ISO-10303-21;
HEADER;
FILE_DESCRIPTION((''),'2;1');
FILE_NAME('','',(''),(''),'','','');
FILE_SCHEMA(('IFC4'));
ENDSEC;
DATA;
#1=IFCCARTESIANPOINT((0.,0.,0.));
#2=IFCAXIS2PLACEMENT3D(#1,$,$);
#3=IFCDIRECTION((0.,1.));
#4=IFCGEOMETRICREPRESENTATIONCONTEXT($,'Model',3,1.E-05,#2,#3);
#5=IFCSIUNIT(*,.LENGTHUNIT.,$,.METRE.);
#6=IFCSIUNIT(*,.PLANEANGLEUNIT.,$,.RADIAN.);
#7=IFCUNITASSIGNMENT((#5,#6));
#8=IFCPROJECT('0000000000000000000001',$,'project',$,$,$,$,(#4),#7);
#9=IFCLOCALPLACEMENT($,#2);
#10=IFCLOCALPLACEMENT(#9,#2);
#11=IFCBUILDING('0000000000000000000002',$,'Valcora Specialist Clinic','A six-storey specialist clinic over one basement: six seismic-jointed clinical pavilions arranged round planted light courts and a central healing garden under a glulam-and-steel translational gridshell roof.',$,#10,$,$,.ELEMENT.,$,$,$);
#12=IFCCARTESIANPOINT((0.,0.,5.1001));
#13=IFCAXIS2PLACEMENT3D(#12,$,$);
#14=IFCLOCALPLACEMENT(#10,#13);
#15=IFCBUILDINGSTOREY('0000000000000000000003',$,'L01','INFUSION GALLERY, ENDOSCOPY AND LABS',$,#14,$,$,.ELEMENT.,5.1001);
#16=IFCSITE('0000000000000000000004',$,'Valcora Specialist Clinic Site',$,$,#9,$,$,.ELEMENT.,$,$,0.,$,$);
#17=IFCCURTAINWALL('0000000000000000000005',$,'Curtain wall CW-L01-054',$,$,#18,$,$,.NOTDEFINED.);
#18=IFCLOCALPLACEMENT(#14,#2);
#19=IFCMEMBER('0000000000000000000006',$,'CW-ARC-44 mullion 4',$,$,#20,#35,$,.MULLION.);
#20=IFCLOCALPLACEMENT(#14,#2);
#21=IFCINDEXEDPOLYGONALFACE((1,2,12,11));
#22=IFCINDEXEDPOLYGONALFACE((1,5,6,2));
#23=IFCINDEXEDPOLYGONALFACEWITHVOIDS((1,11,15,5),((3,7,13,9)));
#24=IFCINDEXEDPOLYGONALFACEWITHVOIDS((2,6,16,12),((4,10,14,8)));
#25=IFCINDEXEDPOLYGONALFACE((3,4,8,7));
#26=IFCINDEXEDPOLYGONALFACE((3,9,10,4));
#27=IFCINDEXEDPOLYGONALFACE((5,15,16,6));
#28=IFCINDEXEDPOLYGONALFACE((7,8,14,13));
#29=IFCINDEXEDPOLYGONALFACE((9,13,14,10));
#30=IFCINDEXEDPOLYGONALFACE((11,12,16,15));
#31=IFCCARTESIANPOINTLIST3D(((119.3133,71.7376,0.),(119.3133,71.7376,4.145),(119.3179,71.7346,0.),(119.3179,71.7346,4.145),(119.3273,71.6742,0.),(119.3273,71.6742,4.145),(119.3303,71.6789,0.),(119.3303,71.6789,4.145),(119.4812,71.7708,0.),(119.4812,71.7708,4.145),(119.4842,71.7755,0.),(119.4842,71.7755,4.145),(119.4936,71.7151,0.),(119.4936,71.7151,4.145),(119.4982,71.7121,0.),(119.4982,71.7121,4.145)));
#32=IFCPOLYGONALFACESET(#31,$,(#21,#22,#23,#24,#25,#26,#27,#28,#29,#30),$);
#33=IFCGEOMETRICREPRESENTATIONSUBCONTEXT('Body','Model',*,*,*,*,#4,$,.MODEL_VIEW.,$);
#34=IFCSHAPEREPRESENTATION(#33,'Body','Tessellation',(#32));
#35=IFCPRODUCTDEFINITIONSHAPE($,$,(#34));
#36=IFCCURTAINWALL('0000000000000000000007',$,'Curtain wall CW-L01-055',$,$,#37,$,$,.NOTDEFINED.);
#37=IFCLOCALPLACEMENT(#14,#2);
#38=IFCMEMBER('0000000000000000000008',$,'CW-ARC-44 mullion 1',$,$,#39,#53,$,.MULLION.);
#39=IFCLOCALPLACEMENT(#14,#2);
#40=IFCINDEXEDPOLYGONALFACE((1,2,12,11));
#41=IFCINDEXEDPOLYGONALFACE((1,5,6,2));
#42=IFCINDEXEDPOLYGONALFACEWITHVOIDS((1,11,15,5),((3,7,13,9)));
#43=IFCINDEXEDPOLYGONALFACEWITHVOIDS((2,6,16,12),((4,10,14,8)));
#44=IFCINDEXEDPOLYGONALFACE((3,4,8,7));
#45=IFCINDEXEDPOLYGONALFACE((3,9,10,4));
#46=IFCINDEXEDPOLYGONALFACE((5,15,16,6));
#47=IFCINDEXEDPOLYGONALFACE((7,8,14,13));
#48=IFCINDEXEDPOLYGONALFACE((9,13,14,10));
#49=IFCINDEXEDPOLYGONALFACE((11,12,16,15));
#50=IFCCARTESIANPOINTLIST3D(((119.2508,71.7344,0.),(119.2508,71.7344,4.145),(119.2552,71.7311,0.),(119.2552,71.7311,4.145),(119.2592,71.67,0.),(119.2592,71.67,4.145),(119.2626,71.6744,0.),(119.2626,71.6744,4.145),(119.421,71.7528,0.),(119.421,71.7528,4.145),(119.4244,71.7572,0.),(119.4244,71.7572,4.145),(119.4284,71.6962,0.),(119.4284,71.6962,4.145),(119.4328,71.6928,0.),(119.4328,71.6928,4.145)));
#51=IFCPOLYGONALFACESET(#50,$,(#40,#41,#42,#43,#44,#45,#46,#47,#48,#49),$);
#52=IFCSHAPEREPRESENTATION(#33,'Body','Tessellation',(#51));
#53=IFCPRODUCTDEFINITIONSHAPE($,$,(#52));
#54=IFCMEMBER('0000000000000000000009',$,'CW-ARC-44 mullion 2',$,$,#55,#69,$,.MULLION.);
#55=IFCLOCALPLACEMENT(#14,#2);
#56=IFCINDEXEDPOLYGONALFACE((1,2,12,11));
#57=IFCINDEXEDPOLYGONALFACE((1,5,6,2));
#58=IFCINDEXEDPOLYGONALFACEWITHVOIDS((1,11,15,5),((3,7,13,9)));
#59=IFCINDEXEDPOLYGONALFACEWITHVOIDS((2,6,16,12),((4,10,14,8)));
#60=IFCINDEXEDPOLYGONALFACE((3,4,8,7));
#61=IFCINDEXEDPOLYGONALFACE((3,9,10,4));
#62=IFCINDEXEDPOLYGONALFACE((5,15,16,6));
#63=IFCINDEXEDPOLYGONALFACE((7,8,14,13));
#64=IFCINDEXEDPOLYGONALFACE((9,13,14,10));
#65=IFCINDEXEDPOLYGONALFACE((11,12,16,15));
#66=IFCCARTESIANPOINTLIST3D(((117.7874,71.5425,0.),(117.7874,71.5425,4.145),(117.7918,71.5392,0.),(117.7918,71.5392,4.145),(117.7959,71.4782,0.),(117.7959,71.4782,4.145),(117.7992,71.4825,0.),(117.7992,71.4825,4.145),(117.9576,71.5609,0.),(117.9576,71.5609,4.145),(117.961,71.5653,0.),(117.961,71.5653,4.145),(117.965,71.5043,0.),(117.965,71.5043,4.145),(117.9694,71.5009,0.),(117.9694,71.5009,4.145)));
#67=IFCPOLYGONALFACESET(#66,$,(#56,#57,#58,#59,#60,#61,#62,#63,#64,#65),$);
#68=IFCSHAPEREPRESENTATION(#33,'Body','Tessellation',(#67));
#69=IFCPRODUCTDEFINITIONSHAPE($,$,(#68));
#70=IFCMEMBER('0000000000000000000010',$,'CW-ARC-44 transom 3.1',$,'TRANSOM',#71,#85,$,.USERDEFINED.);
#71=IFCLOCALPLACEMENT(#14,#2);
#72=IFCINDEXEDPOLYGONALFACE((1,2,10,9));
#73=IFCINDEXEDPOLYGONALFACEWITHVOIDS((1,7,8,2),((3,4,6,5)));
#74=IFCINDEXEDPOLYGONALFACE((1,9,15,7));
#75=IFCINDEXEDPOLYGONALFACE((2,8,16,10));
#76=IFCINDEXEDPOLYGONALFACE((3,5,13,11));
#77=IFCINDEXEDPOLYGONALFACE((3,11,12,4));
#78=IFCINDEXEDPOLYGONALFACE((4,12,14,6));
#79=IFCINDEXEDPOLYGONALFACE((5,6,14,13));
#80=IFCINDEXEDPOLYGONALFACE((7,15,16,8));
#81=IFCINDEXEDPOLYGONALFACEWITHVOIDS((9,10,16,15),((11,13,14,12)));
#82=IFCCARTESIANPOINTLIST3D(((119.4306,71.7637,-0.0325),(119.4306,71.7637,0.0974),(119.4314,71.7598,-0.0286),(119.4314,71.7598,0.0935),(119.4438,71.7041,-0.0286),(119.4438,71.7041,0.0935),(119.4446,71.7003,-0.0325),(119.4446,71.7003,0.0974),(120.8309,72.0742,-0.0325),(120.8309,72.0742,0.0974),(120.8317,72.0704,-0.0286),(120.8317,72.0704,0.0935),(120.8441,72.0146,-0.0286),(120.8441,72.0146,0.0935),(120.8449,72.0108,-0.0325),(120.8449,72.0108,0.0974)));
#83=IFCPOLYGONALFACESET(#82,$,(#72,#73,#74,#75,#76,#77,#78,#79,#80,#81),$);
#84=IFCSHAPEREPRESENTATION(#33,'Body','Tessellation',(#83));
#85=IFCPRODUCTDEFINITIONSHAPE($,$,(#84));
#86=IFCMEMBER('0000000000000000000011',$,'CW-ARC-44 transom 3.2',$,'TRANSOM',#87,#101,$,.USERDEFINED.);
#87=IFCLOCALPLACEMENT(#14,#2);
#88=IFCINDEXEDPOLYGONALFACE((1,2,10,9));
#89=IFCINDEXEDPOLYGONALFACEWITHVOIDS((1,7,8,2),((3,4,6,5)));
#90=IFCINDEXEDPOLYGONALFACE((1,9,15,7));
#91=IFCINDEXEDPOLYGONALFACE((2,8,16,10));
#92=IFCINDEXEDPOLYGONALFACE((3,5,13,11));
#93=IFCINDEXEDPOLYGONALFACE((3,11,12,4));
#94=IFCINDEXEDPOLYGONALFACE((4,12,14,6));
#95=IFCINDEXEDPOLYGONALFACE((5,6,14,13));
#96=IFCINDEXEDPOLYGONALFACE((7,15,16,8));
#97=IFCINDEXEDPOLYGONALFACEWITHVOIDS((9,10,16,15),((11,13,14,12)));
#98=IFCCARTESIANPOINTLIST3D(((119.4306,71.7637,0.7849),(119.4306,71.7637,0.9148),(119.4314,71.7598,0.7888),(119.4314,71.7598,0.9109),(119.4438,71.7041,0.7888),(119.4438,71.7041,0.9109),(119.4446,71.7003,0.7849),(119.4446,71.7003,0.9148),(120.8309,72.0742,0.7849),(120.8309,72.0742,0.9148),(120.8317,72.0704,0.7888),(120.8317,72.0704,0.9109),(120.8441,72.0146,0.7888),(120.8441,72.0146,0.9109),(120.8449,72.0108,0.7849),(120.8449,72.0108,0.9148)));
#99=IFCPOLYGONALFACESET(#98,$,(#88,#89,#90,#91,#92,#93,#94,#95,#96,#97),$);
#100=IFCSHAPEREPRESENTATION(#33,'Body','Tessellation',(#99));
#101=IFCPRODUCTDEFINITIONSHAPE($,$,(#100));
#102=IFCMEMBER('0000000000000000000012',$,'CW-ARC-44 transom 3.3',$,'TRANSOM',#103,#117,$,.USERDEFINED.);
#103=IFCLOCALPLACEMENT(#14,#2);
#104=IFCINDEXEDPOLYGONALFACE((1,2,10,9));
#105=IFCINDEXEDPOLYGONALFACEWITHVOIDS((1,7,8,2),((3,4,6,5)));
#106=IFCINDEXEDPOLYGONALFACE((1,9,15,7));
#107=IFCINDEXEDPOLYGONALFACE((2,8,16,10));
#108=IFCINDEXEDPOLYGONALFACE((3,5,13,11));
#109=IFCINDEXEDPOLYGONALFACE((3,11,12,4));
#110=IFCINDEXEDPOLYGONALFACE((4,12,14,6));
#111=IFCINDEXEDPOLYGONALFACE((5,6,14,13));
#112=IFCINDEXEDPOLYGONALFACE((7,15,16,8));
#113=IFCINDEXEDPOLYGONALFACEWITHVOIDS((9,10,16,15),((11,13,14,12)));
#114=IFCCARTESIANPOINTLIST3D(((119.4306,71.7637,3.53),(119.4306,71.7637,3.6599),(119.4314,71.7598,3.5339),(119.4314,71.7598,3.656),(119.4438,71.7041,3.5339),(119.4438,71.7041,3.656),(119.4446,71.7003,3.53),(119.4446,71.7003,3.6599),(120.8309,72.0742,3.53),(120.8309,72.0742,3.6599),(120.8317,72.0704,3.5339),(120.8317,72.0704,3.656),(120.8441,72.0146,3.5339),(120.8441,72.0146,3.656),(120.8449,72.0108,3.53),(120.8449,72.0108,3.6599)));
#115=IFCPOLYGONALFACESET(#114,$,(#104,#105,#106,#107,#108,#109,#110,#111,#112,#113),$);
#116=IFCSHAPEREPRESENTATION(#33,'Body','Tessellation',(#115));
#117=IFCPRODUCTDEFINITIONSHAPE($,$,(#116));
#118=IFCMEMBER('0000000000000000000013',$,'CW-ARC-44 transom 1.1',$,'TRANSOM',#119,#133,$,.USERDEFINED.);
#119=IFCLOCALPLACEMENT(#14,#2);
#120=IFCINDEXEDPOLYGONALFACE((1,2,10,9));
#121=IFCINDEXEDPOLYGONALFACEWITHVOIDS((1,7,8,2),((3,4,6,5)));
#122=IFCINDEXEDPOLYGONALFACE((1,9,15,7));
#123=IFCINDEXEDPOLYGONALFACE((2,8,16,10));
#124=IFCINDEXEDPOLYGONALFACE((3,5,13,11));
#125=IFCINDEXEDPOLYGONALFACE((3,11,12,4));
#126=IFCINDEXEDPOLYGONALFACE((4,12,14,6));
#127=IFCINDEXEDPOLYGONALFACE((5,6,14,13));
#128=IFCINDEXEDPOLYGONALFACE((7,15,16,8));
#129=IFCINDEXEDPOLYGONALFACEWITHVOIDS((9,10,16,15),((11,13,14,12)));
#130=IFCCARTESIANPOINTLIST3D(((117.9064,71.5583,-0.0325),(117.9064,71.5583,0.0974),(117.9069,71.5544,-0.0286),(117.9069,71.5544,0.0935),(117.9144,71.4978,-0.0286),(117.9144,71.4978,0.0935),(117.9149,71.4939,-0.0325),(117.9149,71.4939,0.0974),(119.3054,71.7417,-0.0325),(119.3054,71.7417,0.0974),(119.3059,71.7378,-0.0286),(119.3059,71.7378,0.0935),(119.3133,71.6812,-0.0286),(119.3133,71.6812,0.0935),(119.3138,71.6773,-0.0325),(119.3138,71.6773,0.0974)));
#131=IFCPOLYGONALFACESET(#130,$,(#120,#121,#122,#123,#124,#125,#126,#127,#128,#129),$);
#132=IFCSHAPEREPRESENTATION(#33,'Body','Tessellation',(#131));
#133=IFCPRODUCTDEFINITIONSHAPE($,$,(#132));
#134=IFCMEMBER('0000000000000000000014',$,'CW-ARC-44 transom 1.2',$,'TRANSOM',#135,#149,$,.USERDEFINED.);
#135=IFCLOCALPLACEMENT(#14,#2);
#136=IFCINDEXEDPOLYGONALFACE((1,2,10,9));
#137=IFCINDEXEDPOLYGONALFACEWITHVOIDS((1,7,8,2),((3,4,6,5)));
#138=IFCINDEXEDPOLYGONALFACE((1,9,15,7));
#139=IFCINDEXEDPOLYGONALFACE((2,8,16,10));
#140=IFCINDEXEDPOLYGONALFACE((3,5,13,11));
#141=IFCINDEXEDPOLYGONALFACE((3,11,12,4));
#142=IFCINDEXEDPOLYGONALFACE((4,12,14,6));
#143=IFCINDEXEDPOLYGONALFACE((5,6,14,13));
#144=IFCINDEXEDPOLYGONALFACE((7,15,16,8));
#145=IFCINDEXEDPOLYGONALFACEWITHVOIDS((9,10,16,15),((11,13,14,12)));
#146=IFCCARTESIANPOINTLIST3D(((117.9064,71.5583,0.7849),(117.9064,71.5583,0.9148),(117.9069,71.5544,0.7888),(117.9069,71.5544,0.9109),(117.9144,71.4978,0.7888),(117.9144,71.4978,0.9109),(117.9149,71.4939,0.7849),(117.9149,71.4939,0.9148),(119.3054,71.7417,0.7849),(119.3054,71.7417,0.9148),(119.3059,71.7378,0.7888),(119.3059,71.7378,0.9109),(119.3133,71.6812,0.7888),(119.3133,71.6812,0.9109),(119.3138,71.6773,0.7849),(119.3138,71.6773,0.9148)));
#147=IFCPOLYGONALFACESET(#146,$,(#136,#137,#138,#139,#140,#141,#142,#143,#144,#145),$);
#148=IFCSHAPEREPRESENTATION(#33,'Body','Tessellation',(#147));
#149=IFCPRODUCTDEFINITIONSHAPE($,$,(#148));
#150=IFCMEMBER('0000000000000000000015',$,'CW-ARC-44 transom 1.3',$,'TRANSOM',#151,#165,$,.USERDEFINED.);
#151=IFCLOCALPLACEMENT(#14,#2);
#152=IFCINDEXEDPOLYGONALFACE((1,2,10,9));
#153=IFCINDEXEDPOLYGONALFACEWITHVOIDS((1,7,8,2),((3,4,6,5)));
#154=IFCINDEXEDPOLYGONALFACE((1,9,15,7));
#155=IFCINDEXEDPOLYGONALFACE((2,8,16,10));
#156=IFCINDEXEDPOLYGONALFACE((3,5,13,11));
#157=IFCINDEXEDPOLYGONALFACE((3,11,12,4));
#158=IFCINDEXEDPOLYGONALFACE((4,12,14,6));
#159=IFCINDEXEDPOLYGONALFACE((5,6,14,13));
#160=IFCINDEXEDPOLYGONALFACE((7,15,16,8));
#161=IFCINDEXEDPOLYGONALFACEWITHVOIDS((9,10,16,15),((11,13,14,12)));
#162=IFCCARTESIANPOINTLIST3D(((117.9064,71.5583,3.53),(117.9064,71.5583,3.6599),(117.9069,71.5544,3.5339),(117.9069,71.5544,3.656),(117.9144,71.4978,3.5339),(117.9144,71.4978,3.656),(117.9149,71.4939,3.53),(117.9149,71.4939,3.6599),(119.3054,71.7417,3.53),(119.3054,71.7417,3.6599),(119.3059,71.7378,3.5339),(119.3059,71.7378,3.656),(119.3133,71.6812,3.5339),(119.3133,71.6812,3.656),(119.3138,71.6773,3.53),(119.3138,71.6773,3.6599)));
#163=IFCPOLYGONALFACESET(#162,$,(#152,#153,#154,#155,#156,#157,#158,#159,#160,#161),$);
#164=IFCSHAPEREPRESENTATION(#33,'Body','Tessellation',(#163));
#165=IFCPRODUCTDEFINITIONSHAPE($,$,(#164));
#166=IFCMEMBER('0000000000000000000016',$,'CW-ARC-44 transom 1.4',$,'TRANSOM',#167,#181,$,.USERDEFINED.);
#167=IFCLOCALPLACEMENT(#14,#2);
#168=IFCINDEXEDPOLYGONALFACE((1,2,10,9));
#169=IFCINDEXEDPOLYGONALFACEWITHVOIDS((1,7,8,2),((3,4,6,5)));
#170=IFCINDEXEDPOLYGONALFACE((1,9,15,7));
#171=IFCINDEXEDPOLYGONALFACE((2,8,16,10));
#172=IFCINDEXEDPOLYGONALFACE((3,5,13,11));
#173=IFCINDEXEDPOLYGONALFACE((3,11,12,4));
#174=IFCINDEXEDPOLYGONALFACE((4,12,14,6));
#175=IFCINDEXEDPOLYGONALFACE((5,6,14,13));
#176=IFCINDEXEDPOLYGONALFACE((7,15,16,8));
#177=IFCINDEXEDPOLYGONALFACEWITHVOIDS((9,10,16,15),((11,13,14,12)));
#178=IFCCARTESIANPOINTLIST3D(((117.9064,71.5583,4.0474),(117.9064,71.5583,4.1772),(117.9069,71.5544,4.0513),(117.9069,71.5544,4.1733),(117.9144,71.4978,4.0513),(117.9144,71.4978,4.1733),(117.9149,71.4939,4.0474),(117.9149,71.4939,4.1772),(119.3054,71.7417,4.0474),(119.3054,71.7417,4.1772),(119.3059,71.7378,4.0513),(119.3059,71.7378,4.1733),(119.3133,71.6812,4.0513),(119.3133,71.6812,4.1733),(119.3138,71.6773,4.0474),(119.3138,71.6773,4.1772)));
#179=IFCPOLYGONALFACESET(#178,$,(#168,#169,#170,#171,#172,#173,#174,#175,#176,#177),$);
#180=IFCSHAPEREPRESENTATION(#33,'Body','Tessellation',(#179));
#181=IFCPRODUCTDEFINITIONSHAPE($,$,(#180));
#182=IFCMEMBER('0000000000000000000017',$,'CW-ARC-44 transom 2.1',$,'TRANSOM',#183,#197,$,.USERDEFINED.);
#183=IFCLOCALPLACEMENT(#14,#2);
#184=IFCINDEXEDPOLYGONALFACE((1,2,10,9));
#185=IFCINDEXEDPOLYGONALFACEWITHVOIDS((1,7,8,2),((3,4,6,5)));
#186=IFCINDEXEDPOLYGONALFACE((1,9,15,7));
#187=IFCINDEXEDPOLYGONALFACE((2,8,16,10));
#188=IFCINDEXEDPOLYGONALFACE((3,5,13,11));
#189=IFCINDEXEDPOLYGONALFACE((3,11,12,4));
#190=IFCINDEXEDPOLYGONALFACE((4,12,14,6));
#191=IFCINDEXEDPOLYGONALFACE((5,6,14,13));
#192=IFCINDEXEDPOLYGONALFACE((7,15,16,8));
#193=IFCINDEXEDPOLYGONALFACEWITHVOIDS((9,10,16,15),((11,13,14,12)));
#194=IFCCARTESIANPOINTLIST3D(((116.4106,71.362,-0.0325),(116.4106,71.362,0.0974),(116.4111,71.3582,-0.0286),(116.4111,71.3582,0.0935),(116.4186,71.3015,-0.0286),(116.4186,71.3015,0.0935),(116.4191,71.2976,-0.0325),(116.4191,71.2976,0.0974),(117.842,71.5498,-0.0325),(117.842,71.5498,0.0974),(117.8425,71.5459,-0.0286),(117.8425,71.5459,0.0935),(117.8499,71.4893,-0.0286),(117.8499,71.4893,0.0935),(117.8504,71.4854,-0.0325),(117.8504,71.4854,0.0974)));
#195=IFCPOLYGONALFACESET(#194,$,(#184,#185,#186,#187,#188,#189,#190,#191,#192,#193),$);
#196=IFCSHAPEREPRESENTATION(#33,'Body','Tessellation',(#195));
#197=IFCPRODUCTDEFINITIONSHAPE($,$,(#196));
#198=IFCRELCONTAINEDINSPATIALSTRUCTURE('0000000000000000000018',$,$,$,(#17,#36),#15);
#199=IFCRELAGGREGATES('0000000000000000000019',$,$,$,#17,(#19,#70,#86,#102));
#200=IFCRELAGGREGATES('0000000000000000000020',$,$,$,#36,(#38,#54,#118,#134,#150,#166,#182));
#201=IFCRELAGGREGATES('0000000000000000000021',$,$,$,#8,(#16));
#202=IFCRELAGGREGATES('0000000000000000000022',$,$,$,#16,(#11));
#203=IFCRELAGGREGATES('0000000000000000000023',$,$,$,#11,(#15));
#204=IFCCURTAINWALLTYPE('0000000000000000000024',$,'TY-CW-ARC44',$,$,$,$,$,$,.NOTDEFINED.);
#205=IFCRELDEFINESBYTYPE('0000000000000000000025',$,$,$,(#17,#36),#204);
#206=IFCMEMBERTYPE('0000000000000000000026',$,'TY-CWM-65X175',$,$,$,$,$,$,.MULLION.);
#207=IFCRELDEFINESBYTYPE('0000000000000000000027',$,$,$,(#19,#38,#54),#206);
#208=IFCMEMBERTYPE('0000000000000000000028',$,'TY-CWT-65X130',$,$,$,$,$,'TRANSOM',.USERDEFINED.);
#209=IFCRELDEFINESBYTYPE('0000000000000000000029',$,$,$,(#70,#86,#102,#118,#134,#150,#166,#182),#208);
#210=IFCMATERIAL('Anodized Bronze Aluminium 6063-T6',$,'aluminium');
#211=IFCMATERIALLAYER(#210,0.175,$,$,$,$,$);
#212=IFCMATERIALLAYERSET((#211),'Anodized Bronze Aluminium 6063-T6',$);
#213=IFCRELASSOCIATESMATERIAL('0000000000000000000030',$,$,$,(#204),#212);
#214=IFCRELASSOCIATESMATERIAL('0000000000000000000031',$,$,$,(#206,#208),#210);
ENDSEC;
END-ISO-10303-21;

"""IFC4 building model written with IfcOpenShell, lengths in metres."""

from ifc_helpers import new_model, si_unit, direction, frame, origin, origin_2d, place, context, subcontext, project, spatial, hollow_rectangle, extrude, material, layer, layer_set, material_profile, profile_set, type_object, element, aggregate, save


model = new_model("IFC4")

# Units and contexts
model_context = context("Model", 3, precision=1e-05, world=origin(), true_north=direction((0.0, 1.0)))
body_context = subcontext(model_context, "Body", "Model", "MODEL_VIEW")
ifc_project = project(units=[si_unit("LENGTHUNIT", "METRE"), si_unit("PLANEANGLEUNIT", "RADIAN")], contexts=[model_context])

# Site, building, storey
site_placement = place(None, origin())
site = spatial("IfcSite", under=ifc_project, at=site_placement, Name="Valcora Specialist Clinic Site", CompositionType="ELEMENT", RefElevation=0.0)
building_placement = place(site_placement, origin())
building = spatial("IfcBuilding", under=site, at=building_placement, Name="Valcora Specialist Clinic", Description="A six-storey specialist clinic over one basement: six seismic-jointed clinical pavilions arranged round planted light courts and a central healing garden under a glulam-and-steel translational gridshell roof.", CompositionType="ELEMENT")
storey_placement = place(building_placement, frame((0.0, 0.0, 5.1001)))
storey = spatial("IfcBuildingStorey", under=building, at=storey_placement, Name="L01", Description="INFUSION GALLERY, ENDOSCOPY AND LABS", CompositionType="ELEMENT", Elevation=5.1001)

# Curtain wall, member
ifc_material_1 = material(Name="Anodized Bronze Aluminium 6063-T6", Category="aluminium")
ifc_layer_1 = layer(ifc_material_1, 0.175)
ifc_layer_set_1 = layer_set([ifc_layer_1], Name="Anodized Bronze Aluminium 6063-T6")
curtain_wall_type = type_object("IfcCurtainWallType", Name="TY-CW-ARC44", PredefinedType="NOTDEFINED", material=ifc_layer_set_1)
curtain_wall_1_placement = place(storey_placement, origin())
curtain_wall_1 = element("IfcCurtainWall", 1, at=curtain_wall_1_placement, inside=storey, type_object=curtain_wall_type, Name="Curtain wall CW-L01-054", PredefinedType="NOTDEFINED")
ifc_material_profile_1 = material_profile(ifc_material_1, hollow_rectangle(XDim=0.0649, YDim=0.175, WallThickness=0.0039, at=origin_2d()), Name="AL-MUL-65X175")
ifc_profile_set_1 = profile_set([ifc_material_profile_1], Name="Anodized Bronze Aluminium 6063-T6")
member_type_1 = type_object("IfcMemberType", Name="TY-CWM-65X175", PredefinedType="MULLION", material=ifc_profile_set_1)
member_1_placement = place(storey_placement, frame((119.4058, 71.7249, 0.0), z_axis=(0.0, 0.0, 1.0), x_axis=(0.216518, -0.976279, 0.0)))
member_1 = element("IfcMember", 2, at=member_1_placement, type_object=member_type_1, Name="CW-ARC-44 mullion 4", PredefinedType="MULLION", context=body_context, shape_type="SweptSolid", body=[
    extrude(hollow_rectangle(XDim=0.0649, YDim=0.175, WallThickness=0.0039, at=origin_2d()), origin(), (0.0, 0.0, 1.0), 4.145),
])

# Curtain wall, members
curtain_wall_2_placement = place(storey_placement, origin())
curtain_wall_2 = element("IfcCurtainWall", 3, at=curtain_wall_2_placement, inside=storey, type_object=curtain_wall_type, Name="Curtain wall CW-L01-055", PredefinedType="NOTDEFINED")
member_2_placement = place(storey_placement, frame((119.3418, 71.7136, 0.0), z_axis=(0.0, 0.0, 1.0), x_axis=(0.129999, -0.991514, 0.0)))
member_2 = element("IfcMember", 4, at=member_2_placement, type_object=member_type_1, Name="CW-ARC-44 mullion 1", PredefinedType="MULLION", context=body_context, shape_type="SweptSolid", body=[
    extrude(hollow_rectangle(XDim=0.0649, YDim=0.175, WallThickness=0.0039, at=origin_2d()), origin(), (0.0, 0.0, 1.0), 4.145),
])
member_3_placement = place(storey_placement, frame((117.8784, 71.5217, 0.0), z_axis=(0.0, 0.0, 1.0), x_axis=(0.129999, -0.991514, 0.0)))
member_3 = element("IfcMember", 5, at=member_3_placement, type_object=member_type_1, Name="CW-ARC-44 mullion 2", PredefinedType="MULLION", context=body_context, shape_type="SweptSolid", body=[
    extrude(hollow_rectangle(XDim=0.0649, YDim=0.175, WallThickness=0.0039, at=origin_2d()), origin(), (0.0, 0.0, 1.0), 4.145),
])

# Members
ifc_material_profile_2 = material_profile(ifc_material_1, hollow_rectangle(XDim=0.0649, YDim=0.1299, WallThickness=0.0039, at=origin_2d()), Name="AL-TRN-65X130")
ifc_profile_set_2 = profile_set([ifc_material_profile_2], Name="Anodized Bronze Aluminium 6063-T6")
member_type_2 = type_object("IfcMemberType", Name="TY-CWT-65X130", ElementType="TRANSOM", PredefinedType="USERDEFINED", material=ifc_profile_set_2)
member_4_placement = place(storey_placement, frame((120.8379, 72.0425, 0.0325), z_axis=(-0.976283, -0.216498, 0.0), x_axis=(0.216498, -0.976283, 0.0)))
member_4 = element("IfcMember", 6, at=member_4_placement, type_object=member_type_2, Name="CW-ARC-44 transom 3.1", ObjectType="TRANSOM", PredefinedType="USERDEFINED", context=body_context, shape_type="SweptSolid", body=[
    extrude(hollow_rectangle(XDim=0.0649, YDim=0.1299, WallThickness=0.0039, at=origin_2d()), origin(), (0.0, 0.0, 1.0), 1.4343),
])
member_5_placement = place(storey_placement, frame((120.8379, 72.0425, 0.8499), z_axis=(-0.976283, -0.216498, 0.0), x_axis=(0.216498, -0.976283, 0.0)))
member_5 = element("IfcMember", 7, at=member_5_placement, type_object=member_type_2, Name="CW-ARC-44 transom 3.2", ObjectType="TRANSOM", PredefinedType="USERDEFINED", context=body_context, shape_type="SweptSolid", body=[
    extrude(hollow_rectangle(XDim=0.0649, YDim=0.1299, WallThickness=0.0039, at=origin_2d()), origin(), (0.0, 0.0, 1.0), 1.4343),
])
member_6_placement = place(storey_placement, frame((120.8379, 72.0425, 3.595), z_axis=(-0.976283, -0.216498, 0.0), x_axis=(0.216498, -0.976283, 0.0)))
member_6 = element("IfcMember", 8, at=member_6_placement, type_object=member_type_2, Name="CW-ARC-44 transom 3.3", ObjectType="TRANSOM", PredefinedType="USERDEFINED", context=body_context, shape_type="SweptSolid", body=[
    extrude(hollow_rectangle(XDim=0.0649, YDim=0.1299, WallThickness=0.0039, at=origin_2d()), origin(), (0.0, 0.0, 1.0), 1.4343),
])
member_7_placement = place(storey_placement, frame((119.3096, 71.7095, 0.0325), z_axis=(-0.99152, -0.129953, 0.0), x_axis=(0.129953, -0.99152, 0.0)))
member_7 = element("IfcMember", 9, at=member_7_placement, type_object=member_type_2, Name="CW-ARC-44 transom 1.1", ObjectType="TRANSOM", PredefinedType="USERDEFINED", context=body_context, shape_type="SweptSolid", body=[
    extrude(hollow_rectangle(XDim=0.0649, YDim=0.1299, WallThickness=0.0039, at=origin_2d()), origin(), (0.0, 0.0, 1.0), 1.4109),
])
member_8_placement = place(storey_placement, frame((119.3096, 71.7095, 0.8499), z_axis=(-0.99152, -0.129953, 0.0), x_axis=(0.129953, -0.99152, 0.0)))
member_8 = element("IfcMember", 10, at=member_8_placement, type_object=member_type_2, Name="CW-ARC-44 transom 1.2", ObjectType="TRANSOM", PredefinedType="USERDEFINED", context=body_context, shape_type="SweptSolid", body=[
    extrude(hollow_rectangle(XDim=0.0649, YDim=0.1299, WallThickness=0.0039, at=origin_2d()), origin(), (0.0, 0.0, 1.0), 1.4109),
])
member_9_placement = place(storey_placement, frame((119.3096, 71.7095, 3.595), z_axis=(-0.99152, -0.129953, 0.0), x_axis=(0.129953, -0.99152, 0.0)))
member_9 = element("IfcMember", 11, at=member_9_placement, type_object=member_type_2, Name="CW-ARC-44 transom 1.3", ObjectType="TRANSOM", PredefinedType="USERDEFINED", context=body_context, shape_type="SweptSolid", body=[
    extrude(hollow_rectangle(XDim=0.0649, YDim=0.1299, WallThickness=0.0039, at=origin_2d()), origin(), (0.0, 0.0, 1.0), 1.4109),
])
member_10_placement = place(storey_placement, frame((119.3096, 71.7095, 4.1123), z_axis=(-0.99152, -0.129953, 0.0), x_axis=(0.129953, -0.99152, 0.0)))
member_10 = element("IfcMember", 12, at=member_10_placement, type_object=member_type_2, Name="CW-ARC-44 transom 1.4", ObjectType="TRANSOM", PredefinedType="USERDEFINED", context=body_context, shape_type="SweptSolid", body=[
    extrude(hollow_rectangle(XDim=0.0649, YDim=0.1299, WallThickness=0.0039, at=origin_2d()), origin(), (0.0, 0.0, 1.0), 1.4109),
])
member_11_placement = place(storey_placement, frame((117.8462, 71.5176, 0.0325), z_axis=(-0.991508, -0.130048, 0.0), x_axis=(0.130048, -0.991508, 0.0)))
member_11 = element("IfcMember", 13, at=member_11_placement, type_object=member_type_2, Name="CW-ARC-44 transom 2.1", ObjectType="TRANSOM", PredefinedType="USERDEFINED", context=body_context, shape_type="SweptSolid", body=[
    extrude(hollow_rectangle(XDim=0.0649, YDim=0.1299, WallThickness=0.0039, at=origin_2d()), origin(), (0.0, 0.0, 1.0), 1.4436),
])

aggregate(curtain_wall_1, [member_1, member_4, member_5, member_6])
aggregate(curtain_wall_2, [member_2, member_3, member_7, member_8, member_9, member_10, member_11])

save(model, "model.ifc")
